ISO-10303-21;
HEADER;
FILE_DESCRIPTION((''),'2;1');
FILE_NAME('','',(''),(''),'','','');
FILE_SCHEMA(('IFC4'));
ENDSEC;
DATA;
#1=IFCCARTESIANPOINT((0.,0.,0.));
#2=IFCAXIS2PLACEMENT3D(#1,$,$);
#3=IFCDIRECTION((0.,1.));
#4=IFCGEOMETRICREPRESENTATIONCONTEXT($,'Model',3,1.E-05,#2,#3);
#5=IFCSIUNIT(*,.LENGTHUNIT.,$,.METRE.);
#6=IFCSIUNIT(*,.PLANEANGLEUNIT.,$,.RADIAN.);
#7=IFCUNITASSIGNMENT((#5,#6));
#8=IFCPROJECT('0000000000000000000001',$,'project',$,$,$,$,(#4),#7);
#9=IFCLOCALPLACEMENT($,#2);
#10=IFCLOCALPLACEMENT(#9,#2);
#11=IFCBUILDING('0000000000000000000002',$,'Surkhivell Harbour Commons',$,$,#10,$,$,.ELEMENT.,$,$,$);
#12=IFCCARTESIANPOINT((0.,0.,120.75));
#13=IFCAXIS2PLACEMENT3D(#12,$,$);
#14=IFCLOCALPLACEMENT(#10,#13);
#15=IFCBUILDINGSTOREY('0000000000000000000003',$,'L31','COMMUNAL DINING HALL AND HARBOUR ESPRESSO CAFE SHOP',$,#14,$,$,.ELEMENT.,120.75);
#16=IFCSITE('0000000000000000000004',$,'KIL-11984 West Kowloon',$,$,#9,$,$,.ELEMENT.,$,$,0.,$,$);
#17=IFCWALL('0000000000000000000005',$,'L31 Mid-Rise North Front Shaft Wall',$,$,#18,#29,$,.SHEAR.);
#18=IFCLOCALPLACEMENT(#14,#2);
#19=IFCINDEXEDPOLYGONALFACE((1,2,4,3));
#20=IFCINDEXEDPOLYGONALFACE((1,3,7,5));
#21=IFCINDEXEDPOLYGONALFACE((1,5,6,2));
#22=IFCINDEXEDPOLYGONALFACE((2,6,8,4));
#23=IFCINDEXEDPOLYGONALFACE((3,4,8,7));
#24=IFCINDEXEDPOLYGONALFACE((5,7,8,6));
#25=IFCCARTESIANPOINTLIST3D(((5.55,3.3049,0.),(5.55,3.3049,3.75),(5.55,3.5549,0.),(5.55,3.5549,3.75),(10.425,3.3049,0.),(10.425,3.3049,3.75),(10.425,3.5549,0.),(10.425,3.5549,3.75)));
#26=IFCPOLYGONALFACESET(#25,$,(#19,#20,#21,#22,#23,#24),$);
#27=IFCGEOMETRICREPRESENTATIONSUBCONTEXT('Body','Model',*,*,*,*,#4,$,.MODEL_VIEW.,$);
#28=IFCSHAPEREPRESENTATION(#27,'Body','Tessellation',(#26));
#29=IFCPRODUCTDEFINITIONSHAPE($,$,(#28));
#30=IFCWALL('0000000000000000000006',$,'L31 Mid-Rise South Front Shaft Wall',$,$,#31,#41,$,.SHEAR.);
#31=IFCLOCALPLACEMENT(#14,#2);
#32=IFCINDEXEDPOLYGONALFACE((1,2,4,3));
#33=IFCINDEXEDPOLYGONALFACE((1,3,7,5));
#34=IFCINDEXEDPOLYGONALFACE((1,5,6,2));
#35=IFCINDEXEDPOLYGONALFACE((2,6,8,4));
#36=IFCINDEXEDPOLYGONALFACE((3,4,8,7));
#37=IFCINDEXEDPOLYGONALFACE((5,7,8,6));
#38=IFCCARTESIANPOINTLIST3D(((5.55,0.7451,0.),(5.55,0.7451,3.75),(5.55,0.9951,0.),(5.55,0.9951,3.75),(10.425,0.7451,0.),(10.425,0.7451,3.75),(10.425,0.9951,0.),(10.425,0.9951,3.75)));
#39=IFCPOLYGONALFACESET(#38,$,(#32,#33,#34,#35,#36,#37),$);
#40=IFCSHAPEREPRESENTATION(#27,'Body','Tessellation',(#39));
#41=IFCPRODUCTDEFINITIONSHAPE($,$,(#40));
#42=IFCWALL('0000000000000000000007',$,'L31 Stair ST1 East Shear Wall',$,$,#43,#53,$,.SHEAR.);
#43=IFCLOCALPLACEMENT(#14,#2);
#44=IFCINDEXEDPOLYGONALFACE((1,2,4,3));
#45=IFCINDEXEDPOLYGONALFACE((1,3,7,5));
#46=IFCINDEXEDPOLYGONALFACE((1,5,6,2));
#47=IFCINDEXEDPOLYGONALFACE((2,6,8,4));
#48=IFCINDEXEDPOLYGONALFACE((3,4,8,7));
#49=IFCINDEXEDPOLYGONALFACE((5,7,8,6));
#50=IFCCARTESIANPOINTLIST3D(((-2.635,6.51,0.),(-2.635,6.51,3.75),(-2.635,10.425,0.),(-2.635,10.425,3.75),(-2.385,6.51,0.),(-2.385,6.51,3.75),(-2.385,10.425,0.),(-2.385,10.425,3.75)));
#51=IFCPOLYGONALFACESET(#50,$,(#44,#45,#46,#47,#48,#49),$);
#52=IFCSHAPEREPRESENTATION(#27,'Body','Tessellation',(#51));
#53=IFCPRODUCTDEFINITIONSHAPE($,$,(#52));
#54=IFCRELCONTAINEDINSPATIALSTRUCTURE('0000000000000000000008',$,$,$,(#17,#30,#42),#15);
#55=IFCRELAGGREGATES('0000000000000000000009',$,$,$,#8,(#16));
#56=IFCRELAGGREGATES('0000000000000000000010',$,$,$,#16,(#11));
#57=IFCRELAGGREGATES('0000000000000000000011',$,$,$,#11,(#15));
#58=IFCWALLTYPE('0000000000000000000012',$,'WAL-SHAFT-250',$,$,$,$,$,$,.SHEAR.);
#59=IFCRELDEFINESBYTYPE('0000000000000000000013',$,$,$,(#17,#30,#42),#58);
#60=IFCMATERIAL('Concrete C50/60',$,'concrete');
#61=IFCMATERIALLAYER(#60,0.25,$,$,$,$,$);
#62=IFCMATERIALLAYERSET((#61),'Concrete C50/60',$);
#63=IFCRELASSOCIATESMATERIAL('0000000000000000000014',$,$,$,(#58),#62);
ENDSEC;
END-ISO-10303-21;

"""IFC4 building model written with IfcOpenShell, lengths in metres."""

from ifc_helpers import new_model, si_unit, direction, frame, frame_2d, origin, place, context, subcontext, project, spatial, rectangle, extrude, material, layer, layer_set, type_object, element, save


model = new_model("IFC4")

# Units and contexts
model_context = context("Model", 3, precision=1e-05, world=origin(), true_north=direction((0.0, 1.0)))
body_context = subcontext(model_context, "Body", "Model", "MODEL_VIEW")
ifc_project = project(units=[si_unit("LENGTHUNIT", "METRE"), si_unit("PLANEANGLEUNIT", "RADIAN")], contexts=[model_context])

# Site, building, storey
site_placement = place(None, origin())
site = spatial("IfcSite", under=ifc_project, at=site_placement, Name="KIL-11984 West Kowloon", CompositionType="ELEMENT", RefElevation=0.0)
building_placement = place(site_placement, origin())
building = spatial("IfcBuilding", under=site, at=building_placement, Name="Surkhivell Harbour Commons", CompositionType="ELEMENT")
storey_placement = place(building_placement, frame((0.0, 0.0, 120.75)))
storey = spatial("IfcBuildingStorey", under=building, at=storey_placement, Name="L31", Description="COMMUNAL DINING HALL AND HARBOUR ESPRESSO CAFE SHOP", CompositionType="ELEMENT", Elevation=120.75)

# Shared definitions
ifc_material_1 = material(Name="Concrete C50/60", Category="concrete")
ifc_layer_1 = layer(ifc_material_1, 0.25)
ifc_layer_set_1 = layer_set([ifc_layer_1], Name="Concrete C50/60")
wall_type_1 = type_object("IfcWallType", Name="WAL-SHAFT-250", PredefinedType="SHEAR", material=ifc_layer_set_1)

# Walls
for number, where, z_axis, x_axis, name in (
    (1, (5.55, 3.4299, 0.0), (0.0, 0.0, 1.0), (1.0, 0.0, 0.0), "L31 Mid-Rise North Front Shaft Wall"),
    (2, (5.55, 0.8701, 0.0), (0.0, 0.0, 1.0), (1.0, 0.0, 0.0), "L31 Mid-Rise South Front Shaft Wall"),
):
    element("IfcWall", number, at=place(storey_placement, frame(where, z_axis=z_axis, x_axis=x_axis)), inside=storey, type_object=wall_type_1, Name=name, PredefinedType="SHEAR", context=body_context, shape_type="SweptSolid", body=[
        extrude(rectangle(XDim=4.875, YDim=0.25, at=frame_2d((2.4375, 0.0))), origin(), (0.0, 0.0, 1.0), 3.75),
    ])
wall_1_placement = place(storey_placement, frame((-2.51, 6.51, 0.0), z_axis=(0.0, 0.0, 1.0), x_axis=(0.0, 1.0, 0.0)))
element("IfcWall", 3, at=wall_1_placement, inside=storey, type_object=wall_type_1, Name="L31 Stair ST1 East Shear Wall", PredefinedType="SHEAR", context=body_context, shape_type="SweptSolid", body=[
    extrude(rectangle(XDim=3.915, YDim=0.25, at=frame_2d((1.9575, 0.0))), origin(), (0.0, 0.0, 1.0), 3.75),
])

save(model, "model.ifc")
